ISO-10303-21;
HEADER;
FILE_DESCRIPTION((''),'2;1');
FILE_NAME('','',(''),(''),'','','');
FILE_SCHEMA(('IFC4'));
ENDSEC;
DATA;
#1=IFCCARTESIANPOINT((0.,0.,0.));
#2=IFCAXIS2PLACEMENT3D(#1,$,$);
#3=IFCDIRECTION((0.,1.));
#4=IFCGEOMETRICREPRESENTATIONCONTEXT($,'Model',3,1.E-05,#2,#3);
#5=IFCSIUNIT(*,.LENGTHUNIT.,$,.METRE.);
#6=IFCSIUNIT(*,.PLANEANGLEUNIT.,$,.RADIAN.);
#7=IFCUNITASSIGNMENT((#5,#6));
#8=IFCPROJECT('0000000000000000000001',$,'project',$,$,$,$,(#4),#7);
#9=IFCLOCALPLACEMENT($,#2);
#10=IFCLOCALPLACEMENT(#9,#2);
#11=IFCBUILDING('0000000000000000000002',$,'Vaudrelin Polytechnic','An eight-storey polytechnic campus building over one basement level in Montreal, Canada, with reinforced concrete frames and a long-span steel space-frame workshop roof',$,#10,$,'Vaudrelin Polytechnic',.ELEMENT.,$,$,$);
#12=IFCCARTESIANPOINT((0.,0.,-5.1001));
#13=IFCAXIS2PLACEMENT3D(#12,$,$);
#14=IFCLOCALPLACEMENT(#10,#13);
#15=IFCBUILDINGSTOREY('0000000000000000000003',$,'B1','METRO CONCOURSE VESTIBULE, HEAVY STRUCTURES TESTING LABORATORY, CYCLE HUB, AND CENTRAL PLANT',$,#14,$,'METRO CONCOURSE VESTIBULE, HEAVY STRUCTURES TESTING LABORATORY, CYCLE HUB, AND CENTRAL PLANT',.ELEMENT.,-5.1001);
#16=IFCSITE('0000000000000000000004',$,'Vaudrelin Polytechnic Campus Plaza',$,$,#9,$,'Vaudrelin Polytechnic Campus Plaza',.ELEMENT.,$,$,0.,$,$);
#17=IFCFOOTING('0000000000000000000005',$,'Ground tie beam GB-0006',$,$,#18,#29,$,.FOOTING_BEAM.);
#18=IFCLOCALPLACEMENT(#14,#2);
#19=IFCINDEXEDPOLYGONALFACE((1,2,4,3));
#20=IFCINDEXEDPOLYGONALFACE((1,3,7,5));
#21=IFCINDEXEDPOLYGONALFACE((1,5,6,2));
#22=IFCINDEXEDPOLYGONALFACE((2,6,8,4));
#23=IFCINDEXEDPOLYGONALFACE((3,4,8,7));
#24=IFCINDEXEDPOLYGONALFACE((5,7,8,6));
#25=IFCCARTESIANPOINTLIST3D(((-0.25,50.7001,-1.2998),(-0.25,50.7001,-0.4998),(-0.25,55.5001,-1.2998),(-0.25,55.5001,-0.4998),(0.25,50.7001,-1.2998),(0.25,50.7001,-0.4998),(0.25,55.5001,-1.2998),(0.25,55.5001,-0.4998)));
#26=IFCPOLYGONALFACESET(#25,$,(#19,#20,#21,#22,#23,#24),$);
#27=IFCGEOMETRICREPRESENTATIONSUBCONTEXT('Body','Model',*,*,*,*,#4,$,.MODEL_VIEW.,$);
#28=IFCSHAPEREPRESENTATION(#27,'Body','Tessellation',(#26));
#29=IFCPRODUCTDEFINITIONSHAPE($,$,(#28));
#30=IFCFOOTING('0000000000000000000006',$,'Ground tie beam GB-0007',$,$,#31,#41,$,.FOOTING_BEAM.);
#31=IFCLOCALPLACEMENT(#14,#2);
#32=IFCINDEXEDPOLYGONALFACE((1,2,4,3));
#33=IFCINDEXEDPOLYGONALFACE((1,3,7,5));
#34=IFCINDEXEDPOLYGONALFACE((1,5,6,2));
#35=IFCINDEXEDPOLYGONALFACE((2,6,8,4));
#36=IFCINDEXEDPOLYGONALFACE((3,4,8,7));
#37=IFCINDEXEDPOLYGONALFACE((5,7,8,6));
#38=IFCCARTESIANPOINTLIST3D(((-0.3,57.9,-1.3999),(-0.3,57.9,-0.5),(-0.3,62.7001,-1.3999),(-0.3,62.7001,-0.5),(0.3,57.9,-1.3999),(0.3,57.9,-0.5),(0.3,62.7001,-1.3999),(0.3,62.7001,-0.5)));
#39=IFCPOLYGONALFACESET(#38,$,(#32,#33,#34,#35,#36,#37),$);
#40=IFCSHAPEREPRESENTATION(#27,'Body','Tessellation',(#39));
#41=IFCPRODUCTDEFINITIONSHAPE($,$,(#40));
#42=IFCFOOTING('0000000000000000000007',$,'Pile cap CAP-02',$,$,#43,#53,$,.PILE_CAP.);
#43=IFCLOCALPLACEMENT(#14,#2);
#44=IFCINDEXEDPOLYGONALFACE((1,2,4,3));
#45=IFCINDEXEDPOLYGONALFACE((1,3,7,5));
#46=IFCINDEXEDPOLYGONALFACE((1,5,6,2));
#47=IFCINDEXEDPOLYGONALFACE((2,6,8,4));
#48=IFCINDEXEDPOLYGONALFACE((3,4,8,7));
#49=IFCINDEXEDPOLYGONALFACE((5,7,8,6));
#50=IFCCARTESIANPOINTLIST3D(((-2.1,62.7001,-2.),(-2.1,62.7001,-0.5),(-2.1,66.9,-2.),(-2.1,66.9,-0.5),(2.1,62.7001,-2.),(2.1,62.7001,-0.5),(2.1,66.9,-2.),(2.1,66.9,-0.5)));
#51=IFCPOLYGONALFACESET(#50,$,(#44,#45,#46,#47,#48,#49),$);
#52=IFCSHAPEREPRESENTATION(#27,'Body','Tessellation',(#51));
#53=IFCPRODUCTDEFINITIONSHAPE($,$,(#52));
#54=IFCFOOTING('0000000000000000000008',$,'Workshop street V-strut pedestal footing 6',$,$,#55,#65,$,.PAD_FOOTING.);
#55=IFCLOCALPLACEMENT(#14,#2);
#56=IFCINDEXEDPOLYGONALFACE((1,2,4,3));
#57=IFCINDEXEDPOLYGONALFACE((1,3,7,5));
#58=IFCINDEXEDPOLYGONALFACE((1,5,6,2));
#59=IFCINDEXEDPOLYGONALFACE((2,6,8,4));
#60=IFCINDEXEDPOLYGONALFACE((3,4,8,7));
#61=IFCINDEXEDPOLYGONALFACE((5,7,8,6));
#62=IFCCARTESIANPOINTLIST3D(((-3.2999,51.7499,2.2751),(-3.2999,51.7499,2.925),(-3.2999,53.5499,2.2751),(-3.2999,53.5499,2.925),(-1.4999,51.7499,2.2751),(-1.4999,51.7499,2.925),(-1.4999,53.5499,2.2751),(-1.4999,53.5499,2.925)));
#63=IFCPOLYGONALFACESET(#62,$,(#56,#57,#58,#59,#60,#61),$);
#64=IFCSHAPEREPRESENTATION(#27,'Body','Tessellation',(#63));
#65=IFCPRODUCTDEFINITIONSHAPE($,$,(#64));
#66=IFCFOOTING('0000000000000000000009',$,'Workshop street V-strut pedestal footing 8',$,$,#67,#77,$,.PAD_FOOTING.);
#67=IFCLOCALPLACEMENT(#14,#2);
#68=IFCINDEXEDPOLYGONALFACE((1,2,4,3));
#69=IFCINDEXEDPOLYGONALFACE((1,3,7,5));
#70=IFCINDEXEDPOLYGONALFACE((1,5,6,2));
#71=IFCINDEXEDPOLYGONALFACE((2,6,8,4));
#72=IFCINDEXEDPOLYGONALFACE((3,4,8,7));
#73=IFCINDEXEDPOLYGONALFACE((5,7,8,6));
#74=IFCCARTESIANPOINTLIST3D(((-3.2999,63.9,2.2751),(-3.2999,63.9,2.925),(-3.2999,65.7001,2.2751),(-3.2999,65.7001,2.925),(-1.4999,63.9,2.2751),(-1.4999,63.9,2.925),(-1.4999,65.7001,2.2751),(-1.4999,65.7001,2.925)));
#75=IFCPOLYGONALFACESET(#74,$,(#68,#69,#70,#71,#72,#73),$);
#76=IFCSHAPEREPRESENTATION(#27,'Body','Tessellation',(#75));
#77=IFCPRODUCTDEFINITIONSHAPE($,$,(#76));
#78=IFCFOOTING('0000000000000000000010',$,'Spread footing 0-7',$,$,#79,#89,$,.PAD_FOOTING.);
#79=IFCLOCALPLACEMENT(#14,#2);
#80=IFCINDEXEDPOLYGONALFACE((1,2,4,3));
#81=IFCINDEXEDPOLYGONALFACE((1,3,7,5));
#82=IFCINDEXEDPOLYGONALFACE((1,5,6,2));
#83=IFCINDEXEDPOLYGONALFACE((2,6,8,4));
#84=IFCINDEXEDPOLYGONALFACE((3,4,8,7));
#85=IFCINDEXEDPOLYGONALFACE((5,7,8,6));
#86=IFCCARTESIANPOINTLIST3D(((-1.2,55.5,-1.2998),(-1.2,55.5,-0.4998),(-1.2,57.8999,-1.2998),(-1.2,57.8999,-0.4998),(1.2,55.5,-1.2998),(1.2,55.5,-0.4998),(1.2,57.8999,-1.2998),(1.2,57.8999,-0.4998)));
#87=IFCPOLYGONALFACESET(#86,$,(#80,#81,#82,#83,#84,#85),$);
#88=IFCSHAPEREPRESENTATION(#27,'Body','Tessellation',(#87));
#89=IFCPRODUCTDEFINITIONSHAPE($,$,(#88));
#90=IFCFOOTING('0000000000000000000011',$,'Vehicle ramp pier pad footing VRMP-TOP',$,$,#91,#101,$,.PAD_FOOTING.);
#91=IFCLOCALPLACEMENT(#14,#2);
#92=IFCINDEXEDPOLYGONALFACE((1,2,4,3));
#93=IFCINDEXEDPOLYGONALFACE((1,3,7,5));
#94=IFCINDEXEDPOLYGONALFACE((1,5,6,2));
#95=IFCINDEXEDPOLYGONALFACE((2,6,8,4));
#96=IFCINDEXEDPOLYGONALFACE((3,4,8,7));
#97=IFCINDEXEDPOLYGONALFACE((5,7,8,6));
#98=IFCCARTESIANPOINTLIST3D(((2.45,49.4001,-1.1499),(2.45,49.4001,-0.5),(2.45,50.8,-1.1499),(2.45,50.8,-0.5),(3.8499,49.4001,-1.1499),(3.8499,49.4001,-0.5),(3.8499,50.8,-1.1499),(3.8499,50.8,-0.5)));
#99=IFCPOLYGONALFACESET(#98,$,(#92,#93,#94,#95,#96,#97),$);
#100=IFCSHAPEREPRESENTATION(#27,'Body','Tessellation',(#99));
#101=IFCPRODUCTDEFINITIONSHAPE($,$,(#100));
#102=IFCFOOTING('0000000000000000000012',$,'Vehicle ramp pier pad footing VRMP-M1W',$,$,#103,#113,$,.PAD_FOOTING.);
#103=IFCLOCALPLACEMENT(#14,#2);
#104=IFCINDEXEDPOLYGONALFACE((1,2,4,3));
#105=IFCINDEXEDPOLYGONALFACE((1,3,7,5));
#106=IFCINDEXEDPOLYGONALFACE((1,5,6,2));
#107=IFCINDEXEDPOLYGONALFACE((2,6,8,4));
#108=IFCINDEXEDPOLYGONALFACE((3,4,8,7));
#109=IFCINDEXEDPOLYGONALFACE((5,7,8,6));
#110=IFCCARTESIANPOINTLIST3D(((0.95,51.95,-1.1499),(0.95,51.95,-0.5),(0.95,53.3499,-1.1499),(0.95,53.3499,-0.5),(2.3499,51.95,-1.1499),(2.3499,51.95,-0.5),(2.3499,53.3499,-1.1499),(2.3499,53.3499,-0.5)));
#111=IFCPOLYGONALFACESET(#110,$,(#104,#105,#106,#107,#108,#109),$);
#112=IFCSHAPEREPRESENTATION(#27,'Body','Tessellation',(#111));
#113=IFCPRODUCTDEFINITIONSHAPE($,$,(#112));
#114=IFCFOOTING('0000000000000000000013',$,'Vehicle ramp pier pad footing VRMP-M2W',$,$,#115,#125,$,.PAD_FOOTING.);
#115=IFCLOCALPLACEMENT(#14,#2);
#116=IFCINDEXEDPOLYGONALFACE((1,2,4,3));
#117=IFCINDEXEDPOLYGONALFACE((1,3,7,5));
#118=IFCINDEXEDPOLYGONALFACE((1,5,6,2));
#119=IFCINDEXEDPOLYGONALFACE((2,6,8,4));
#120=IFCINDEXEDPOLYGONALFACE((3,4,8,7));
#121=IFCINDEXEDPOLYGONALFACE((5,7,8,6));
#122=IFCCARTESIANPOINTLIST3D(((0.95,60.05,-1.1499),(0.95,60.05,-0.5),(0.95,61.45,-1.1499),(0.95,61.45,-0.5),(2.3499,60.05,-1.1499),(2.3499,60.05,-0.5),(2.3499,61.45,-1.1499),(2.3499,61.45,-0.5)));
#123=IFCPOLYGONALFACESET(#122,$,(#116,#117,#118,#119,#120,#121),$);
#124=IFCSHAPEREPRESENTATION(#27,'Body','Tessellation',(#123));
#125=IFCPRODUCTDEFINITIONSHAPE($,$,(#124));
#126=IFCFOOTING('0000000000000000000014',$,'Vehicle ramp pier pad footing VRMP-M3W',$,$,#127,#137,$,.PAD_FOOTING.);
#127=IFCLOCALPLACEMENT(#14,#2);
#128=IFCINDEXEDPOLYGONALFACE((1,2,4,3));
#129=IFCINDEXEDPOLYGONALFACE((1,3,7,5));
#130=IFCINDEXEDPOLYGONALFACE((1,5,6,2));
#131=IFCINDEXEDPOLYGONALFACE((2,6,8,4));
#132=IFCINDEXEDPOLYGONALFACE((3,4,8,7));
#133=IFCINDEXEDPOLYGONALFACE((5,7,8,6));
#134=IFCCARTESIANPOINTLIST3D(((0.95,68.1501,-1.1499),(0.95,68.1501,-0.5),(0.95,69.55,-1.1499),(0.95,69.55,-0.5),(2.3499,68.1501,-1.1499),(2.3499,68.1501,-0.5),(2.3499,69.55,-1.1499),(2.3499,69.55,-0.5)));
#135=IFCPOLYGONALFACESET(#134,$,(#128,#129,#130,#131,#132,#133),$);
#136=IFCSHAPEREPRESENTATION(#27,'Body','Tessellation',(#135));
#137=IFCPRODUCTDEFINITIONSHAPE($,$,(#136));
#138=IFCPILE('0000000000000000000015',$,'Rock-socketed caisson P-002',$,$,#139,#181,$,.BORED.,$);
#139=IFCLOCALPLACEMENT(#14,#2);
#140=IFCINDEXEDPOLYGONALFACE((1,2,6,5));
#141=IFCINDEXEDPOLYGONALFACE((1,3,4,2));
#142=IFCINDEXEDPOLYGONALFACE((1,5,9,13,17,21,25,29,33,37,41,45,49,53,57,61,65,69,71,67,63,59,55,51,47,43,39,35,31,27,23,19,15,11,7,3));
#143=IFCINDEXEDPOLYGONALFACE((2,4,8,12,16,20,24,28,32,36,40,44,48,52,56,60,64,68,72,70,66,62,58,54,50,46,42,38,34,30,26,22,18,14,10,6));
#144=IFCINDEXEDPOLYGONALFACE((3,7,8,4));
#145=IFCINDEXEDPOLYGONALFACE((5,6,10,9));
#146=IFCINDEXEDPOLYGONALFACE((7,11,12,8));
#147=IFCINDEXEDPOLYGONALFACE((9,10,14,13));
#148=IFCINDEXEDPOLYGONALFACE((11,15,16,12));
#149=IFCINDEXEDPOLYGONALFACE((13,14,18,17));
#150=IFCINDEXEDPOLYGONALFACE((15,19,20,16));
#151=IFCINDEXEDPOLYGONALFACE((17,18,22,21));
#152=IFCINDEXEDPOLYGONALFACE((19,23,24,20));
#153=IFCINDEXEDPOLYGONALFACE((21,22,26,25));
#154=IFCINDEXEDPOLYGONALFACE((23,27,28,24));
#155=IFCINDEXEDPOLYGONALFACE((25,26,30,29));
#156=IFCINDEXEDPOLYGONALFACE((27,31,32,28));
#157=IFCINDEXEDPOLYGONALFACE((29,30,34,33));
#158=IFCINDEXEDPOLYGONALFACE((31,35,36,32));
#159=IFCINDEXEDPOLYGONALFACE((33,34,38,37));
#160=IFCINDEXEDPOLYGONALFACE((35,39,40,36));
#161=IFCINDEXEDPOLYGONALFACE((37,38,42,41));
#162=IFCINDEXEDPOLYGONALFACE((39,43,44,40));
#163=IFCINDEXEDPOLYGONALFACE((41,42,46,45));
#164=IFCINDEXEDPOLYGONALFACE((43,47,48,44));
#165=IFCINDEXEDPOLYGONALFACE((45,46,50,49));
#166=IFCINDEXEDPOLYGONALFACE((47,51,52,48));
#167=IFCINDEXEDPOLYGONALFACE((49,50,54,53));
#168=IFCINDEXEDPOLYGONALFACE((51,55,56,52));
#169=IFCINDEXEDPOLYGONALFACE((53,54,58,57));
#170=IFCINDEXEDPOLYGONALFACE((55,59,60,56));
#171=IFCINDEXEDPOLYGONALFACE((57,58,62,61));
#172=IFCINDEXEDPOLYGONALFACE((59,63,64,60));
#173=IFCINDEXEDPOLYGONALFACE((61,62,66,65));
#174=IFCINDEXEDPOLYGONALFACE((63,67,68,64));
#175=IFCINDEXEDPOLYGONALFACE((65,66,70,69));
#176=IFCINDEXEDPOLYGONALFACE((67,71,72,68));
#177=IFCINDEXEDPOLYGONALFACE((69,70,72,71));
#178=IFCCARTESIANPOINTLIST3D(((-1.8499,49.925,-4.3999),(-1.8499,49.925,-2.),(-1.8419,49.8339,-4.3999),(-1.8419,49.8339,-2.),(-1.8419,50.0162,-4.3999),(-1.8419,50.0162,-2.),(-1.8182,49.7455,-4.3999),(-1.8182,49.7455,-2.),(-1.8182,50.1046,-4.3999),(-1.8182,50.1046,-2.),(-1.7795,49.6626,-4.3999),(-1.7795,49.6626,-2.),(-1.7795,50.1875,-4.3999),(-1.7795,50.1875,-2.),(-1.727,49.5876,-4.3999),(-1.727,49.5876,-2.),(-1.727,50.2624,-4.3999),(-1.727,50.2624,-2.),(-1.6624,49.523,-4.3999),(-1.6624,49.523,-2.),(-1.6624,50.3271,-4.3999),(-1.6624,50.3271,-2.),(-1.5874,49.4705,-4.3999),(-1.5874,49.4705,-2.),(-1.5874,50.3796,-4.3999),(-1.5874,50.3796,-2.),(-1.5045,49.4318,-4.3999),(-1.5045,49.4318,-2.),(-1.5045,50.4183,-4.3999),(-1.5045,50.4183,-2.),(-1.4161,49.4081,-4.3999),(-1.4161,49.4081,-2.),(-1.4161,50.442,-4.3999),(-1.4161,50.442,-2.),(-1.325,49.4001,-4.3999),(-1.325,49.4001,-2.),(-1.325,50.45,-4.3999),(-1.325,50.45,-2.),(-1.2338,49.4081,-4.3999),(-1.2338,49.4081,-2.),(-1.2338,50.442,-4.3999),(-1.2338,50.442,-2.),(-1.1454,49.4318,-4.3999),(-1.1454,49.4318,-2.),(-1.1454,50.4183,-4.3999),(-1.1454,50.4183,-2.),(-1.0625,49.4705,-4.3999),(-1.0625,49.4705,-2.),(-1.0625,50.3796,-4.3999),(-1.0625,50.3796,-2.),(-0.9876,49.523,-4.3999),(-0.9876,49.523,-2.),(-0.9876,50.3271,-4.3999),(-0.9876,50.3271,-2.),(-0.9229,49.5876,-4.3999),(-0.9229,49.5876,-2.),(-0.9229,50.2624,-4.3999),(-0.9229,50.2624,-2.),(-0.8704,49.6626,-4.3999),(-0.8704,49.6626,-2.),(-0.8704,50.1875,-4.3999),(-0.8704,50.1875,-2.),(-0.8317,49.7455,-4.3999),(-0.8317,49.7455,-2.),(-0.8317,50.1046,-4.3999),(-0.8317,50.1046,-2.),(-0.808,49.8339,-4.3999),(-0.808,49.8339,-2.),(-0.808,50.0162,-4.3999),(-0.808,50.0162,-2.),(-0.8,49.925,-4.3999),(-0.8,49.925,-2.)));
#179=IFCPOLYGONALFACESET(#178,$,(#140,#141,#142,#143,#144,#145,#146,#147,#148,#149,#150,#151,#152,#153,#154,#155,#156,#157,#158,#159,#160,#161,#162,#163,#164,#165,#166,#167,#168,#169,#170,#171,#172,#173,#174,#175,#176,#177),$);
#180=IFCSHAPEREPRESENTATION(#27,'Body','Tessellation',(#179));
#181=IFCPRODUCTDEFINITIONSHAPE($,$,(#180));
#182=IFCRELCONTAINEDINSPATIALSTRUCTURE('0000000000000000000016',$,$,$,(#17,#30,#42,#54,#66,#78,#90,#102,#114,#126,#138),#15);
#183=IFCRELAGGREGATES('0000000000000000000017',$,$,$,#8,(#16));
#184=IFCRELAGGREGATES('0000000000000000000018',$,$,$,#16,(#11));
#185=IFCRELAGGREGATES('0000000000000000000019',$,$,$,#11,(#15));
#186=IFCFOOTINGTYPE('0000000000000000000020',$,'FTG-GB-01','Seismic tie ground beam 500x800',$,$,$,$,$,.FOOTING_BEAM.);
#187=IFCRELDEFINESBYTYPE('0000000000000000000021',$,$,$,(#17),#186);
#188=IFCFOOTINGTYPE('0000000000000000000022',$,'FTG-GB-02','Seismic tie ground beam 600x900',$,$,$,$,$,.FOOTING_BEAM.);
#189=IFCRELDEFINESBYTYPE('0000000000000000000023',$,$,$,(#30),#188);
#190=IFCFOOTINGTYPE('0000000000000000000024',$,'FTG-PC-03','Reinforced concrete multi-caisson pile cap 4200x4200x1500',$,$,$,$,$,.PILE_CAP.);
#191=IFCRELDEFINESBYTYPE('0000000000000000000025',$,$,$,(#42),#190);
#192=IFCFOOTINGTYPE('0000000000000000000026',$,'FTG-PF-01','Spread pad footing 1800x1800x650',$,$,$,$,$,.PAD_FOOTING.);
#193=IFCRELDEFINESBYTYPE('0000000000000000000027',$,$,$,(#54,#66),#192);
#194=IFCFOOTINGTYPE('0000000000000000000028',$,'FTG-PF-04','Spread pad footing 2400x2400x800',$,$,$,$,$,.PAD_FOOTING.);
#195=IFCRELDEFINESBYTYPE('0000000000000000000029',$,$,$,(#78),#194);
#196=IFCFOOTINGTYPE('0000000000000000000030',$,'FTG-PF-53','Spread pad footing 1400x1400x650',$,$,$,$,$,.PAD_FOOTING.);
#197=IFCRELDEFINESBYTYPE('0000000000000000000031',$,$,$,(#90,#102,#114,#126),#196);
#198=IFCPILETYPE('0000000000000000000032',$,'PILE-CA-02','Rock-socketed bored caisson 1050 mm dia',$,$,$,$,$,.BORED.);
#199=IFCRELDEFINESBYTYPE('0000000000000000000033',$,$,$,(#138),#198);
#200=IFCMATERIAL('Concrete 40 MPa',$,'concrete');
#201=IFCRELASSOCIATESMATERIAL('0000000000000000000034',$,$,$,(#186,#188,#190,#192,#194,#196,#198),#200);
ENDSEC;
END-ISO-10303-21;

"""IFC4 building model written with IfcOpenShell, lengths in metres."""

from ifc_helpers import new_model, si_unit, direction, frame, origin, origin_2d, place, context, subcontext, project, spatial, rectangle, circle, extrude, material, material_profile, profile_set, type_object, element, save


model = new_model("IFC4")

# Units and contexts
model_context = context("Model", 3, precision=1e-05, world=origin(), true_north=direction((0.0, 1.0)))
body_context = subcontext(model_context, "Body", "Model", "MODEL_VIEW")
ifc_project = project(units=[si_unit("LENGTHUNIT", "METRE"), si_unit("PLANEANGLEUNIT", "RADIAN")], contexts=[model_context])

# Site, building, storey
site_placement = place(None, origin())
site = spatial("IfcSite", under=ifc_project, at=site_placement, Name="Vaudrelin Polytechnic Campus Plaza", LongName="Vaudrelin Polytechnic Campus Plaza", CompositionType="ELEMENT", RefElevation=0.0)
building_placement = place(site_placement, origin())
building = spatial("IfcBuilding", under=site, at=building_placement, Name="Vaudrelin Polytechnic", Description="An eight-storey polytechnic campus building over one basement level in Montreal, Canada, with reinforced concrete frames and a long-span steel space-frame workshop roof", LongName="Vaudrelin Polytechnic", CompositionType="ELEMENT")
storey_placement = place(building_placement, frame((0.0, 0.0, -5.1001)))
storey = spatial("IfcBuildingStorey", under=building, at=storey_placement, Name="B1", Description="METRO CONCOURSE VESTIBULE, HEAVY STRUCTURES TESTING LABORATORY, CYCLE HUB, AND CENTRAL PLANT", LongName="METRO CONCOURSE VESTIBULE, HEAVY STRUCTURES TESTING LABORATORY, CYCLE HUB, AND CENTRAL PLANT", CompositionType="ELEMENT", Elevation=-5.1001)

# Footings
ifc_material_1 = material(Name="Concrete 40 MPa", Category="concrete")
footing_type_1 = type_object("IfcFootingType", Name="FTG-GB-01", Description="Seismic tie ground beam 500x800", PredefinedType="FOOTING_BEAM", material=ifc_material_1)
footing_1_placement = place(storey_placement, frame((0.0, 53.1001, -1.2998), z_axis=(0.0, 0.0, 1.0), x_axis=(1.0, 0.0, 0.0)))
element("IfcFooting", 1, at=footing_1_placement, inside=storey, type_object=footing_type_1, Name="Ground tie beam GB-0006", PredefinedType="FOOTING_BEAM", context=body_context, shape_type="SweptSolid", body=[
    extrude(rectangle(XDim=0.5, YDim=4.8, at=origin_2d()), origin(), (0.0, 0.0, 1.0), 0.8),
])
footing_type_2 = type_object("IfcFootingType", Name="FTG-GB-02", Description="Seismic tie ground beam 600x900", PredefinedType="FOOTING_BEAM", material=ifc_material_1)
footing_2_placement = place(storey_placement, frame((0.0, 60.3, -1.3999), z_axis=(0.0, 0.0, 1.0), x_axis=(1.0, 0.0, 0.0)))
element("IfcFooting", 2, at=footing_2_placement, inside=storey, type_object=footing_type_2, Name="Ground tie beam GB-0007", PredefinedType="FOOTING_BEAM", context=body_context, shape_type="SweptSolid", body=[
    extrude(rectangle(XDim=0.6001, YDim=4.8, at=origin_2d()), origin(), (0.0, 0.0, 1.0), 0.8999),
])
footing_type_3 = type_object("IfcFootingType", Name="FTG-PC-03", Description="Reinforced concrete multi-caisson pile cap 4200x4200x1500", PredefinedType="PILE_CAP", material=ifc_material_1)
footing_3_placement = place(storey_placement, frame((0.0, 64.8, -2.0), z_axis=(0.0, 0.0, 1.0), x_axis=(1.0, 0.0, 0.0)))
element("IfcFooting", 3, at=footing_3_placement, inside=storey, type_object=footing_type_3, Name="Pile cap CAP-02", PredefinedType="PILE_CAP", context=body_context, shape_type="SweptSolid", body=[
    extrude(rectangle(XDim=4.2, YDim=4.2, at=origin_2d()), origin(), (0.0, 0.0, 1.0), 1.5),
])
footing_type_4 = type_object("IfcFootingType", Name="FTG-PF-01", Description="Spread pad footing 1800x1800x650", PredefinedType="PAD_FOOTING", material=ifc_material_1)
for number, where, z_axis, x_axis, name in (
    (4, (-2.3999, 52.6499, 2.2751), (0.0, 0.0, 1.0), (1.0, 0.0, 0.0), "Workshop street V-strut pedestal footing 6"),
    (5, (-2.3999, 64.8, 2.2751), (0.0, 0.0, 1.0), (1.0, 0.0, 0.0), "Workshop street V-strut pedestal footing 8"),
):
    element("IfcFooting", number, at=place(storey_placement, frame(where, z_axis=z_axis, x_axis=x_axis)), inside=storey, type_object=footing_type_4, Name=name, PredefinedType="PAD_FOOTING", context=body_context, shape_type="SweptSolid", body=[
        extrude(rectangle(XDim=1.8, YDim=1.8, at=origin_2d()), origin(), (0.0, 0.0, 1.0), 0.6499),
    ])
footing_type_5 = type_object("IfcFootingType", Name="FTG-PF-04", Description="Spread pad footing 2400x2400x800", PredefinedType="PAD_FOOTING", material=ifc_material_1)
footing_4_placement = place(storey_placement, frame((0.0, 56.7, -1.2998), z_axis=(0.0, 0.0, 1.0), x_axis=(1.0, 0.0, 0.0)))
element("IfcFooting", 6, at=footing_4_placement, inside=storey, type_object=footing_type_5, Name="Spread footing 0-7", PredefinedType="PAD_FOOTING", context=body_context, shape_type="SweptSolid", body=[
    extrude(rectangle(XDim=2.3999, YDim=2.3999, at=origin_2d()), origin(), (0.0, 0.0, 1.0), 0.8),
])
footing_type_6 = type_object("IfcFootingType", Name="FTG-PF-53", Description="Spread pad footing 1400x1400x650", PredefinedType="PAD_FOOTING", material=ifc_material_1)
for number, where, z_axis, x_axis, name in (
    (7, (3.1499, 50.1001, -1.1499), (0.0, 0.0, 1.0), (1.0, 0.0, 0.0), "Vehicle ramp pier pad footing VRMP-TOP"),
    (8, (1.6499, 52.6499, -1.1499), (0.0, 0.0, 1.0), (1.0, 0.0, 0.0), "Vehicle ramp pier pad footing VRMP-M1W"),
    (9, (1.6499, 60.75, -1.1499), (0.0, 0.0, 1.0), (1.0, 0.0, 0.0), "Vehicle ramp pier pad footing VRMP-M2W"),
    (10, (1.6499, 68.8501, -1.1499), (0.0, 0.0, 1.0), (1.0, 0.0, 0.0), "Vehicle ramp pier pad footing VRMP-M3W"),
):
    element("IfcFooting", number, at=place(storey_placement, frame(where, z_axis=z_axis, x_axis=x_axis)), inside=storey, type_object=footing_type_6, Name=name, PredefinedType="PAD_FOOTING", context=body_context, shape_type="SweptSolid", body=[
        extrude(rectangle(XDim=1.3999, YDim=1.3999, at=origin_2d()), origin(), (0.0, 0.0, 1.0), 0.6499),
    ])

# Pile
ifc_material_profile_1 = material_profile(ifc_material_1, circle(Radius=0.5249, at=origin_2d()), Name="CAISSON1050")
ifc_profile_set_1 = profile_set([ifc_material_profile_1], Name="Concrete 40 MPa")
pile_type = type_object("IfcPileType", Name="PILE-CA-02", Description="Rock-socketed bored caisson 1050 mm dia", PredefinedType="BORED", material=ifc_profile_set_1)
for number, where, z_axis, x_axis, name in (
    (11, (-1.325, 49.925, -2.0), (0.0, 0.0, -1.0), (1.0, 0.0, 0.0), "Rock-socketed caisson P-002"),
):
    element("IfcPile", number, at=place(storey_placement, frame(where, z_axis=z_axis, x_axis=x_axis)), inside=storey, type_object=pile_type, Name=name, PredefinedType="BORED", context=body_context, shape_type="SweptSolid", body=[
        extrude(circle(Radius=0.5249, at=origin_2d()), origin(), (0.0, 0.0, 1.0), 2.3999),
    ])

save(model, "model.ifc")
